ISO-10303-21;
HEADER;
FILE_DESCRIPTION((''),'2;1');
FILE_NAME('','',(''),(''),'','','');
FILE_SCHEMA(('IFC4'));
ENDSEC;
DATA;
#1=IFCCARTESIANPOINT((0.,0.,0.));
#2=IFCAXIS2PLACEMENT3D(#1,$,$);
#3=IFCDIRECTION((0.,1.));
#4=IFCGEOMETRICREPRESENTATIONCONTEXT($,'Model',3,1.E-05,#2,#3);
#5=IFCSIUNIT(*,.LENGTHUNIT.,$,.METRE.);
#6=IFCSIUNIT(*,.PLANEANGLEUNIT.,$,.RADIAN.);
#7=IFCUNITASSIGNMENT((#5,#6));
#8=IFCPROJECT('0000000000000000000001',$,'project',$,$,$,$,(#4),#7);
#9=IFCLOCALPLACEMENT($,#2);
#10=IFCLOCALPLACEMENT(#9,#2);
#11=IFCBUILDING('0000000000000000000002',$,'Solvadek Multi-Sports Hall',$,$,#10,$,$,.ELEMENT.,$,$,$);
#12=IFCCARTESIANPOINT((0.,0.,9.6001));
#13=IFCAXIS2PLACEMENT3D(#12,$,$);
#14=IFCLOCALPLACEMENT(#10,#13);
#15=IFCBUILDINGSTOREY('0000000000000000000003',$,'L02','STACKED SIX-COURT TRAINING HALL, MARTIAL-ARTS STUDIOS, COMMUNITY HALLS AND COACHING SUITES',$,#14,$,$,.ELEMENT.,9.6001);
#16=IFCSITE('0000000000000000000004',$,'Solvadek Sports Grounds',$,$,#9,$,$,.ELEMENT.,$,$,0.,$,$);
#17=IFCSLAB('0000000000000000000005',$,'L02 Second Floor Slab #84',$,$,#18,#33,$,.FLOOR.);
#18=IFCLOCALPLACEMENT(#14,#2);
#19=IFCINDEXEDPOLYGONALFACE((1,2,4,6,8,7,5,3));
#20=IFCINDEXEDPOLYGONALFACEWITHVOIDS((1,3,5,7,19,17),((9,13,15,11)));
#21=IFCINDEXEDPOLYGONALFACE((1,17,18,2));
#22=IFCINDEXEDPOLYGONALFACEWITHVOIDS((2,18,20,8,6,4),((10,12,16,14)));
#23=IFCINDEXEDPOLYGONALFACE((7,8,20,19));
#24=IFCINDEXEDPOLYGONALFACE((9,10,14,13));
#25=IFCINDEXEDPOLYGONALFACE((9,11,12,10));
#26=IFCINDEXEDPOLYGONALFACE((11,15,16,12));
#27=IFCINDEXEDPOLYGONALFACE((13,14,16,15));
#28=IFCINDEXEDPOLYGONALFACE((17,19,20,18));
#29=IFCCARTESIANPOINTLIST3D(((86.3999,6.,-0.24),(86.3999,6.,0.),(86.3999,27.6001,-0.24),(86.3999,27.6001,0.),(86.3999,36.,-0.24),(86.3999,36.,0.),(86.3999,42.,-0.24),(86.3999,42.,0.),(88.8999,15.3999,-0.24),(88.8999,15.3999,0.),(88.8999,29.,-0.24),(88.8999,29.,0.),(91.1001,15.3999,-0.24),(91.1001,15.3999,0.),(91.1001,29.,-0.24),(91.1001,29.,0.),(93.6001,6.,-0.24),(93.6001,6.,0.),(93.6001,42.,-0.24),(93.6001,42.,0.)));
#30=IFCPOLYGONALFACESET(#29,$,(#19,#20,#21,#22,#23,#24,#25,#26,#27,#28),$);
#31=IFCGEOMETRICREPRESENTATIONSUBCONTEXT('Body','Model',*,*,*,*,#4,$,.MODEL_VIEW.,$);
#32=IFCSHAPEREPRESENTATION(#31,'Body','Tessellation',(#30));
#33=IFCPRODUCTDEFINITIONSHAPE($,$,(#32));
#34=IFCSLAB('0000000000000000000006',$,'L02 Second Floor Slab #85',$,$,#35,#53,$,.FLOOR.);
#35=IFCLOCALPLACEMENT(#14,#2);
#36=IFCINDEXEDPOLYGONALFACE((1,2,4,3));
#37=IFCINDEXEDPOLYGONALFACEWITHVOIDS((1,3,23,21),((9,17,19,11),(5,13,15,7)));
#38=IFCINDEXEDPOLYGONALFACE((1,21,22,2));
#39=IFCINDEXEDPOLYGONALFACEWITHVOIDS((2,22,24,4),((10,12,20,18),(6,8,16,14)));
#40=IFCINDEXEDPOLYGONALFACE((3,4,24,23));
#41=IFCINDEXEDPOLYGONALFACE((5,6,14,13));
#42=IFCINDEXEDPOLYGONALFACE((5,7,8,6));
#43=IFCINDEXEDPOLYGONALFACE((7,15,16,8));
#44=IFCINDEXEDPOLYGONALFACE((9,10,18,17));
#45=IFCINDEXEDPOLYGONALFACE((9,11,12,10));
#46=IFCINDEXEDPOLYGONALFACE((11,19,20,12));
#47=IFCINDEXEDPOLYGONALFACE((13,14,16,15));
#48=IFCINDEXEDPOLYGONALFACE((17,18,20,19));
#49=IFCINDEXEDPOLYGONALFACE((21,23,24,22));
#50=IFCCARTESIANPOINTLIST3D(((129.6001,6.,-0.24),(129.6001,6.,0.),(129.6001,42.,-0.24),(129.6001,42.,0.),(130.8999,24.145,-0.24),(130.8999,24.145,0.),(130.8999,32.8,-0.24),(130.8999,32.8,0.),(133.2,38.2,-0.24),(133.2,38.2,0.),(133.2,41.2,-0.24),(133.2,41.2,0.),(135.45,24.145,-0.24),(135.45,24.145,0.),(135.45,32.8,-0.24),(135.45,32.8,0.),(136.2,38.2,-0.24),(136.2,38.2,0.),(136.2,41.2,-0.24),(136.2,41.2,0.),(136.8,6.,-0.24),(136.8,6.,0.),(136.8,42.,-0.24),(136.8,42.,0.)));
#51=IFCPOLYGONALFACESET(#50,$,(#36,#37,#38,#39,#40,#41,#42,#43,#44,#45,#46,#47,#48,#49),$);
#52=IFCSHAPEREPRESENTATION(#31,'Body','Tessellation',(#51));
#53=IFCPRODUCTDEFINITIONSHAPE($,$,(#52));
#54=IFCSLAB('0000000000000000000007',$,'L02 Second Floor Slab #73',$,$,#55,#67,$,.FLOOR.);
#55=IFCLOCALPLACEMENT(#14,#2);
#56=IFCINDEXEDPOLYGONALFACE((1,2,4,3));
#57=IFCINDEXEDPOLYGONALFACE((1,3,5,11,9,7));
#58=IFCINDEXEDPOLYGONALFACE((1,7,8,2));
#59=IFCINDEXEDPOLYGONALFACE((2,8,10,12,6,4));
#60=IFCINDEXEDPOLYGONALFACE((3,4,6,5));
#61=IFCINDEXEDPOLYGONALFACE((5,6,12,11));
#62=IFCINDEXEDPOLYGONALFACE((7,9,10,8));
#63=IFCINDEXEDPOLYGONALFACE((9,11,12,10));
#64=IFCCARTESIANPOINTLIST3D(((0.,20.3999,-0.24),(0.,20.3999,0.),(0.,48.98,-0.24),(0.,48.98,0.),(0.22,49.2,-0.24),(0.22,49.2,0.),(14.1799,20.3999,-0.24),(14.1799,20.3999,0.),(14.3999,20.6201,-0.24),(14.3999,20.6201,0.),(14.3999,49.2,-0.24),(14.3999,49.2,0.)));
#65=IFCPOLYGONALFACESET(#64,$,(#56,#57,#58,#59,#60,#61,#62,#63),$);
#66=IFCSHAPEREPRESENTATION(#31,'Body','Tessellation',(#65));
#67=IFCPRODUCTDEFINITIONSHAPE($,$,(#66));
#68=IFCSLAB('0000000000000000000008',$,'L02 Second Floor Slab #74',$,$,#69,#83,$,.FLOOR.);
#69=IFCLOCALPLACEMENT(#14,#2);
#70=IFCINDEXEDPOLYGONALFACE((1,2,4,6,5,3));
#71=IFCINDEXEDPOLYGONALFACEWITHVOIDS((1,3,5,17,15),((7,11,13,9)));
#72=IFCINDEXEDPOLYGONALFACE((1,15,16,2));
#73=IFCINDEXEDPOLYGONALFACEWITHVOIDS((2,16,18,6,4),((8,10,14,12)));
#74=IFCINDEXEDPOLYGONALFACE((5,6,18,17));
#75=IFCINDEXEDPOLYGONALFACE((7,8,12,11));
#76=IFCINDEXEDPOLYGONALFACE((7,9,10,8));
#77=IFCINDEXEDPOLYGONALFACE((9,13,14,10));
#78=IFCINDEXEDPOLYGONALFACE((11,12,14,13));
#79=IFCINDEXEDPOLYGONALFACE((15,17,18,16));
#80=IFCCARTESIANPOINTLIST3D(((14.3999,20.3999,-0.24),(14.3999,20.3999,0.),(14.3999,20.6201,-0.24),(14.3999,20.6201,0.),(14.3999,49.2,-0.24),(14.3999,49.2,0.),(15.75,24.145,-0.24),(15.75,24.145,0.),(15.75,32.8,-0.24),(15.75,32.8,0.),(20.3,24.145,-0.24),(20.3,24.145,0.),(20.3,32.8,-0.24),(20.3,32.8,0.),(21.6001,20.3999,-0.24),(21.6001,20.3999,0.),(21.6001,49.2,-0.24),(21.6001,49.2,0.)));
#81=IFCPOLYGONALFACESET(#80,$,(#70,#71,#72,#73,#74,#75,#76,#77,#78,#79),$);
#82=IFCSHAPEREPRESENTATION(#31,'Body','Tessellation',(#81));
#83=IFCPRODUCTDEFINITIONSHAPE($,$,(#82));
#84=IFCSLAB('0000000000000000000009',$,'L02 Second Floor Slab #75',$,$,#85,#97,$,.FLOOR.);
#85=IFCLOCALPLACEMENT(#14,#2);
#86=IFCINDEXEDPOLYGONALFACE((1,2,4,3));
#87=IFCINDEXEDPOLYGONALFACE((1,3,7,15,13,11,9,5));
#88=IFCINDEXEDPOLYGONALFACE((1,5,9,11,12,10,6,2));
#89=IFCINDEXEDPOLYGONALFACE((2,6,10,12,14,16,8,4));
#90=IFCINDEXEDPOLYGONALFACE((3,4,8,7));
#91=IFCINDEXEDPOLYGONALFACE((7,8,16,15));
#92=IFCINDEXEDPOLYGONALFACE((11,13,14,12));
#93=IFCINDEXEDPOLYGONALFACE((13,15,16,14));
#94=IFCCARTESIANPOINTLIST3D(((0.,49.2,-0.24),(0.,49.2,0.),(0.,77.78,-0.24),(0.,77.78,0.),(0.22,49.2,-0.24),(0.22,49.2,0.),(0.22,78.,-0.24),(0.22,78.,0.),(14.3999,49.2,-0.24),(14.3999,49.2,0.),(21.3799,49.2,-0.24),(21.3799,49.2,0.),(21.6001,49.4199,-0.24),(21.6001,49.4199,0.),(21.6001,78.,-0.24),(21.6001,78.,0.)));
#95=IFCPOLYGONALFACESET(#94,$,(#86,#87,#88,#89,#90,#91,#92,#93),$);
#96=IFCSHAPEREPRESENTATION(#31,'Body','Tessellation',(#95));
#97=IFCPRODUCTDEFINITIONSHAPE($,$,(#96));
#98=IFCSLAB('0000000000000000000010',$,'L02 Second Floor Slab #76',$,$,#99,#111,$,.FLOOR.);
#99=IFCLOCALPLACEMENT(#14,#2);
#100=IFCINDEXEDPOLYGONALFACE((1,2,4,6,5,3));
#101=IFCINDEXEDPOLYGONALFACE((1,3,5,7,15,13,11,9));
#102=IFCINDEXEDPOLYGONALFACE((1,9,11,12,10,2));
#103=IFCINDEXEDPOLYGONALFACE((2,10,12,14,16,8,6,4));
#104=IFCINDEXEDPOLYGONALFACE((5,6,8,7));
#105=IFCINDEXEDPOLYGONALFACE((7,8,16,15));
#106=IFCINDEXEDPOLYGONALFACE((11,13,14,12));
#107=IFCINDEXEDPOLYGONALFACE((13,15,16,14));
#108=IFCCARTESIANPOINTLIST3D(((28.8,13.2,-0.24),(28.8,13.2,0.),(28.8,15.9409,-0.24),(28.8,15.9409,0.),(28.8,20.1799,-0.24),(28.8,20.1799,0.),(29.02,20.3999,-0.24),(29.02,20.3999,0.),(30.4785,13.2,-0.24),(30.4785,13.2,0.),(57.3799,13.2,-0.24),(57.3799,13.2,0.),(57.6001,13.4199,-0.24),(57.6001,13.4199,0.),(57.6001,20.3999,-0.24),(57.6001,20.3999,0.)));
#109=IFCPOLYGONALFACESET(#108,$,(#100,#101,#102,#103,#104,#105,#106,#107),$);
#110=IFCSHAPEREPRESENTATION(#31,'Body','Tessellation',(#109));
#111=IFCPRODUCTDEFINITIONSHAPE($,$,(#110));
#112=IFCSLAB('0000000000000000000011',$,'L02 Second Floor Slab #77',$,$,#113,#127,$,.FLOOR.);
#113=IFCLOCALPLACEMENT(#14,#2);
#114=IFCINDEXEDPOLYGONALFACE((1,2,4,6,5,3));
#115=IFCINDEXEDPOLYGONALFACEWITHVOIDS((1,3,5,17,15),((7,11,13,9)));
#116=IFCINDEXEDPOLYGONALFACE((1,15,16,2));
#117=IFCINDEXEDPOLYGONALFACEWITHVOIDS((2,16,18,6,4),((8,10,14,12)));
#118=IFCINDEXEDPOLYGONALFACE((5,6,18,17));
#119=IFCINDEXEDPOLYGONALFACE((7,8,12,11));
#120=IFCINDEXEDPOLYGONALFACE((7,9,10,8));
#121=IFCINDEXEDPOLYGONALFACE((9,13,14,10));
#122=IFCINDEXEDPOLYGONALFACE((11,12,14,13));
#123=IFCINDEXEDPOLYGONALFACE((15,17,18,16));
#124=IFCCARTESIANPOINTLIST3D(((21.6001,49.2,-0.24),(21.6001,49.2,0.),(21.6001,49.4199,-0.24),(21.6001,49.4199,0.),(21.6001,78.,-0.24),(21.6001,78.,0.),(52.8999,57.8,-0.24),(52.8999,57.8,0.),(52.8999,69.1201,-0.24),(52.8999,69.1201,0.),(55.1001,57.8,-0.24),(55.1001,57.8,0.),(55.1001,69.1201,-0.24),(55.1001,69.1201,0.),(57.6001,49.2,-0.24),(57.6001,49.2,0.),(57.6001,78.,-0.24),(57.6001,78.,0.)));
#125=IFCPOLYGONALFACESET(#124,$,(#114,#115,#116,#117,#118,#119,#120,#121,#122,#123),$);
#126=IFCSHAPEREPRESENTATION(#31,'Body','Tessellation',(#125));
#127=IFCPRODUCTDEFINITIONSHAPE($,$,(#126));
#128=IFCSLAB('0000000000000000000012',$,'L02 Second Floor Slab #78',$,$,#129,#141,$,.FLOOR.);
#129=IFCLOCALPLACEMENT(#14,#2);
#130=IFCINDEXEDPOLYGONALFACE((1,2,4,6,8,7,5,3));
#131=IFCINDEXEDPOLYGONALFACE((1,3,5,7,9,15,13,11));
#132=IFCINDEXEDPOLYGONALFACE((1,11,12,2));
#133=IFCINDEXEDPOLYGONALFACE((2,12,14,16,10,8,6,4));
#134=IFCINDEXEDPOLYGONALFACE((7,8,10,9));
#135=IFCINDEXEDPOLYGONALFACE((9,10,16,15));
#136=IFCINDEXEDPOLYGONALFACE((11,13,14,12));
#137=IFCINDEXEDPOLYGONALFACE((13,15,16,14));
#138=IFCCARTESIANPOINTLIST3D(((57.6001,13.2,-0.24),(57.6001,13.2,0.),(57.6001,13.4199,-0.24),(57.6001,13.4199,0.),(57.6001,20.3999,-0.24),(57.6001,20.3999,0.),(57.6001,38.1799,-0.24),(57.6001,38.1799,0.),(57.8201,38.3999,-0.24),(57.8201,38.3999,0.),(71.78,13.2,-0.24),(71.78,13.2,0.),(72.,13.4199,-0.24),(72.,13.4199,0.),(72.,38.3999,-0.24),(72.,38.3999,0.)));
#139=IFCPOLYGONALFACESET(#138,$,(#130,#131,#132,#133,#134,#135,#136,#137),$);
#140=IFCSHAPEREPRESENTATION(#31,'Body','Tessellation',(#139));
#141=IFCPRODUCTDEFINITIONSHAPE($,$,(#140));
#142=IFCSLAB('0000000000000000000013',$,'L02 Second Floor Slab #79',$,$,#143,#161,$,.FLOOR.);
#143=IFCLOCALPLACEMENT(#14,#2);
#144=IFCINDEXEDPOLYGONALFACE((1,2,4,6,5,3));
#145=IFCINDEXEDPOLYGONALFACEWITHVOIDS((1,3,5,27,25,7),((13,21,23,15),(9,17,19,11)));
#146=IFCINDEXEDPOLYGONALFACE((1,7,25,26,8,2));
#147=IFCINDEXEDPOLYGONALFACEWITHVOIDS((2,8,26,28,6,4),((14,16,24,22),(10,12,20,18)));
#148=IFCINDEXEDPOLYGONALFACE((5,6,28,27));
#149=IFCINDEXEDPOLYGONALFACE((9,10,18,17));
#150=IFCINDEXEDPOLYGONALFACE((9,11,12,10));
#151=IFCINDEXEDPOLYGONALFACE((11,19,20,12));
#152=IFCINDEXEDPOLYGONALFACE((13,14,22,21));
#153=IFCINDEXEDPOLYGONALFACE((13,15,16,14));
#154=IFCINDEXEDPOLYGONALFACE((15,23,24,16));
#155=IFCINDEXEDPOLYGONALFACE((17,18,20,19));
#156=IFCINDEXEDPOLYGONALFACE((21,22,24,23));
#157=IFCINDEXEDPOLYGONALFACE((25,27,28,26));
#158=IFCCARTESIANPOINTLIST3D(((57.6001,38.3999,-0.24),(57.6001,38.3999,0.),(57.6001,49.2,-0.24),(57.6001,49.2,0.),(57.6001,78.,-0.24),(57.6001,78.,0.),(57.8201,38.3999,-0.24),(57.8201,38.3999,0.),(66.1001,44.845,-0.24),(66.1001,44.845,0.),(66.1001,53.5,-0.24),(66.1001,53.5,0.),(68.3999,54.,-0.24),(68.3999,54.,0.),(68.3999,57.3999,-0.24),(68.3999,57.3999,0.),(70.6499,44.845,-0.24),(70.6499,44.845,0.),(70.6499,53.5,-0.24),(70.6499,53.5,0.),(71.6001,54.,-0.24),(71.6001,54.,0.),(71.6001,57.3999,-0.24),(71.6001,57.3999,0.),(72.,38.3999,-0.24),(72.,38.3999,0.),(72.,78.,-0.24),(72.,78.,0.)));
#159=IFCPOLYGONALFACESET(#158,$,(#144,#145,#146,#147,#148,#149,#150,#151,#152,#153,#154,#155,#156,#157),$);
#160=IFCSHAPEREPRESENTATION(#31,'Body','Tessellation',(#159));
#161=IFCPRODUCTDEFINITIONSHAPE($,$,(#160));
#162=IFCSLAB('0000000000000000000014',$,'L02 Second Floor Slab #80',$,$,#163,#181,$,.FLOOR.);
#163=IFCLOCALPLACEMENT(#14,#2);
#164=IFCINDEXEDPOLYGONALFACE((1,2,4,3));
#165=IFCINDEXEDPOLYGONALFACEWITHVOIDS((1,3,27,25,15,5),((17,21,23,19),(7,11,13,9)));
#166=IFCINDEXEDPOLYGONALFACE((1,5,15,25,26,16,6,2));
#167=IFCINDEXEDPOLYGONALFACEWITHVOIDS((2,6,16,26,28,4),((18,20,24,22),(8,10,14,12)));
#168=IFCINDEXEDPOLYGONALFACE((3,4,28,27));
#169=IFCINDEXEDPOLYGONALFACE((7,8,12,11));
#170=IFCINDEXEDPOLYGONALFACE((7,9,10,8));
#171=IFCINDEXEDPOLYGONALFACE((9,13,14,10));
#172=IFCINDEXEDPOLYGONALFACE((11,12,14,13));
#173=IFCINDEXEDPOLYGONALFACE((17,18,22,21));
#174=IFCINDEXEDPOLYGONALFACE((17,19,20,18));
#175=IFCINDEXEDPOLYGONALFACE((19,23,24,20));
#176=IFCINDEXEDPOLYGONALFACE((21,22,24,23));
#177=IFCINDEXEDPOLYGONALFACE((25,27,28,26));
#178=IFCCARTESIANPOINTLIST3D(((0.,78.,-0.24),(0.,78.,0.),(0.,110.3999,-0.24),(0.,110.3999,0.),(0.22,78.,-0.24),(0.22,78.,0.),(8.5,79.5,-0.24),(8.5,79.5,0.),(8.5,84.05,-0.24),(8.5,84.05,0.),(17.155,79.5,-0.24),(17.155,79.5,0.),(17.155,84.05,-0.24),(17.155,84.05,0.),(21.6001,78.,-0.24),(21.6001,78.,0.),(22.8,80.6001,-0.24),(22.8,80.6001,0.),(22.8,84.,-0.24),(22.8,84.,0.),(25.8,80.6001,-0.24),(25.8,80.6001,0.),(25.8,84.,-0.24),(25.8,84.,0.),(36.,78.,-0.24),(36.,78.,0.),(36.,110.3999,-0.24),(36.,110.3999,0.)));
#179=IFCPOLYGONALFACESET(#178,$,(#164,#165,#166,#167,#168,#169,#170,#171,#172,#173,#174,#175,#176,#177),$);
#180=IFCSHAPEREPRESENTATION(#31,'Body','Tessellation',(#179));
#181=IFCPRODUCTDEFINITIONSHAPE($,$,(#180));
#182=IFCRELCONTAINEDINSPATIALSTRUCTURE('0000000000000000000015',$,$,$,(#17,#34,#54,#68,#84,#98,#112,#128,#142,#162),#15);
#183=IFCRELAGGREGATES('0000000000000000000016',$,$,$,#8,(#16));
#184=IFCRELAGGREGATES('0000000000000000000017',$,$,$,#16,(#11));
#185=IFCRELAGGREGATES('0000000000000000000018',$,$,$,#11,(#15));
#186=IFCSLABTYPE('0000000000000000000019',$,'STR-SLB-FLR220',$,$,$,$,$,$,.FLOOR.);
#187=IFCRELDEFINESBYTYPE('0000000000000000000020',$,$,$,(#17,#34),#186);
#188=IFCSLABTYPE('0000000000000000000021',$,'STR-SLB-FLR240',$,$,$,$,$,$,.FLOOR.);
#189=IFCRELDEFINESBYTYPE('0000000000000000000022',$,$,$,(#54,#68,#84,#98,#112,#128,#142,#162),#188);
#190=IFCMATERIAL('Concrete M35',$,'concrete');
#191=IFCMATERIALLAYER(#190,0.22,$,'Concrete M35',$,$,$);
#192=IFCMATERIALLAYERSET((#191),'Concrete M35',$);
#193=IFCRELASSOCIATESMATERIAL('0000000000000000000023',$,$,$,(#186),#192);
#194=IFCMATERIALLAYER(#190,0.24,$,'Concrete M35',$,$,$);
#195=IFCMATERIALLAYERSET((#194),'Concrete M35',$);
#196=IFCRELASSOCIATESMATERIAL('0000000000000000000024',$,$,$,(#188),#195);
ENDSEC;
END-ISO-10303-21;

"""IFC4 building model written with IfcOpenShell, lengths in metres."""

from ifc_helpers import new_model, si_unit, direction, frame, origin, place, context, subcontext, project, spatial, polyline, outline, extrude, material, layer, layer_set, type_object, element, save


model = new_model("IFC4")

# Units and contexts
model_context = context("Model", 3, precision=1e-05, world=origin(), true_north=direction((0.0, 1.0)))
body_context = subcontext(model_context, "Body", "Model", "MODEL_VIEW")
ifc_project = project(units=[si_unit("LENGTHUNIT", "METRE"), si_unit("PLANEANGLEUNIT", "RADIAN")], contexts=[model_context])

# Site, building, storey
site_placement = place(None, origin())
site = spatial("IfcSite", under=ifc_project, at=site_placement, Name="Solvadek Sports Grounds", CompositionType="ELEMENT", RefElevation=0.0)
building_placement = place(site_placement, origin())
building = spatial("IfcBuilding", under=site, at=building_placement, Name="Solvadek Multi-Sports Hall", CompositionType="ELEMENT")
storey_placement = place(building_placement, frame((0.0, 0.0, 9.6001)))
storey = spatial("IfcBuildingStorey", under=building, at=storey_placement, Name="L02", Description="STACKED SIX-COURT TRAINING HALL, MARTIAL-ARTS STUDIOS, COMMUNITY HALLS AND COACHING SUITES", CompositionType="ELEMENT", Elevation=9.6001)

# Slabs
ifc_material_1 = material(Name="Concrete M35", Category="concrete")
ifc_layer_1 = layer(ifc_material_1, 0.22, Name="Concrete M35")
ifc_layer_set_1 = layer_set([ifc_layer_1], Name="Concrete M35")
slab_type_1 = type_object("IfcSlabType", Name="STR-SLB-FLR220", PredefinedType="FLOOR", material=ifc_layer_set_1)
slab_1_placement = place(storey_placement, frame((0.0, 0.0, -0.24)))
element("IfcSlab", 1, at=slab_1_placement, inside=storey, type_object=slab_type_1, Name="L02 Second Floor Slab #84", PredefinedType="FLOOR", context=body_context, shape_type="SweptSolid", body=[
    extrude(outline(polyline([(86.3999, 27.6001), (86.3999, 36.0), (86.3999, 42.0), (93.6001, 42.0), (93.6001, 6.0), (86.3999, 6.0), (86.3999, 27.6001)]), holes=[polyline([(91.1001, 15.3999), (91.1001, 29.0), (88.8999, 29.0), (88.8999, 15.3999), (91.1001, 15.3999)])]), origin(), (0.0, 0.0, 1.0), 0.24),
])
slab_2_placement = place(storey_placement, frame((0.0, 0.0, -0.24)))
element("IfcSlab", 2, at=slab_2_placement, inside=storey, type_object=slab_type_1, Name="L02 Second Floor Slab #85", PredefinedType="FLOOR", context=body_context, shape_type="SweptSolid", body=[
    extrude(outline(polyline([(129.6001, 42.0), (136.8, 42.0), (136.8, 6.0), (129.6001, 6.0), (129.6001, 42.0)]), holes=[polyline([(136.2, 38.2), (136.2, 41.2), (133.2, 41.2), (133.2, 38.2), (136.2, 38.2)]), polyline([(135.45, 32.8), (130.8999, 32.8), (130.8999, 24.145), (135.45, 24.145), (135.45, 32.8)])]), origin(), (0.0, 0.0, 1.0), 0.24),
])
ifc_layer_2 = layer(ifc_material_1, 0.24, Name="Concrete M35")
ifc_layer_set_2 = layer_set([ifc_layer_2], Name="Concrete M35")
slab_type_2 = type_object("IfcSlabType", Name="STR-SLB-FLR240", PredefinedType="FLOOR", material=ifc_layer_set_2)
slab_3_placement = place(storey_placement, frame((0.0, 0.0, -0.24)))
element("IfcSlab", 3, at=slab_3_placement, inside=storey, type_object=slab_type_2, Name="L02 Second Floor Slab #73", PredefinedType="FLOOR", context=body_context, shape_type="SweptSolid", body=[
    extrude(outline(polyline([(0.0, 48.98), (0.22, 49.2), (14.3999, 49.2), (14.3999, 20.6201), (14.1799, 20.3999), (0.0, 20.3999), (0.0, 48.98)])), origin(), (0.0, 0.0, 1.0), 0.24),
])
slab_4_placement = place(storey_placement, frame((0.0, 0.0, -0.24)))
element("IfcSlab", 4, at=slab_4_placement, inside=storey, type_object=slab_type_2, Name="L02 Second Floor Slab #74", PredefinedType="FLOOR", context=body_context, shape_type="SweptSolid", body=[
    extrude(outline(polyline([(14.3999, 20.6201), (14.3999, 49.2), (21.6001, 49.2), (21.6001, 20.3999), (14.3999, 20.3999), (14.3999, 20.6201)]), holes=[polyline([(20.3, 32.8), (15.75, 32.8), (15.75, 24.145), (20.3, 24.145), (20.3, 32.8)])]), origin(), (0.0, 0.0, 1.0), 0.24),
])
slab_5_placement = place(storey_placement, frame((0.0, 0.0, -0.24)))
element("IfcSlab", 5, at=slab_5_placement, inside=storey, type_object=slab_type_2, Name="L02 Second Floor Slab #75", PredefinedType="FLOOR", context=body_context, shape_type="SweptSolid", body=[
    extrude(outline(polyline([(0.0, 77.78), (0.22, 78.0), (21.6001, 78.0), (21.6001, 49.4199), (21.3799, 49.2), (14.3999, 49.2), (0.22, 49.2), (0.0, 49.2), (0.0, 77.78)])), origin(), (0.0, 0.0, 1.0), 0.24),
])
slab_6_placement = place(storey_placement, frame((0.0, 0.0, -0.24)))
element("IfcSlab", 6, at=slab_6_placement, inside=storey, type_object=slab_type_2, Name="L02 Second Floor Slab #76", PredefinedType="FLOOR", context=body_context, shape_type="SweptSolid", body=[
    extrude(outline(polyline([(28.8, 15.9409), (28.8, 20.1799), (29.02, 20.3999), (57.6001, 20.3999), (57.6001, 13.4199), (57.3799, 13.2), (30.4785, 13.2), (28.8, 13.2), (28.8, 15.9409)])), origin(), (0.0, 0.0, 1.0), 0.24),
])
slab_7_placement = place(storey_placement, frame((0.0, 0.0, -0.24)))
element("IfcSlab", 7, at=slab_7_placement, inside=storey, type_object=slab_type_2, Name="L02 Second Floor Slab #77", PredefinedType="FLOOR", context=body_context, shape_type="SweptSolid", body=[
    extrude(outline(polyline([(21.6001, 49.4199), (21.6001, 78.0), (57.6001, 78.0), (57.6001, 49.2), (21.6001, 49.2), (21.6001, 49.4199)]), holes=[polyline([(55.1001, 57.8), (55.1001, 69.1201), (52.8999, 69.1201), (52.8999, 57.8), (55.1001, 57.8)])]), origin(), (0.0, 0.0, 1.0), 0.24),
])
slab_8_placement = place(storey_placement, frame((0.0, 0.0, -0.24)))
element("IfcSlab", 8, at=slab_8_placement, inside=storey, type_object=slab_type_2, Name="L02 Second Floor Slab #78", PredefinedType="FLOOR", context=body_context, shape_type="SweptSolid", body=[
    extrude(outline(polyline([(57.6001, 13.4199), (57.6001, 20.3999), (57.6001, 38.1799), (57.8201, 38.3999), (72.0, 38.3999), (72.0, 13.4199), (71.78, 13.2), (57.6001, 13.2), (57.6001, 13.4199)])), origin(), (0.0, 0.0, 1.0), 0.24),
])
slab_9_placement = place(storey_placement, frame((0.0, 0.0, -0.24)))
element("IfcSlab", 9, at=slab_9_placement, inside=storey, type_object=slab_type_2, Name="L02 Second Floor Slab #79", PredefinedType="FLOOR", context=body_context, shape_type="SweptSolid", body=[
    extrude(outline(polyline([(57.6001, 49.2), (57.6001, 78.0), (72.0, 78.0), (72.0, 38.3999), (57.8201, 38.3999), (57.6001, 38.3999), (57.6001, 49.2)]), holes=[polyline([(71.6001, 54.0), (71.6001, 57.3999), (68.3999, 57.3999), (68.3999, 54.0), (71.6001, 54.0)]), polyline([(70.6499, 53.5), (66.1001, 53.5), (66.1001, 44.845), (70.6499, 44.845), (70.6499, 53.5)])]), origin(), (0.0, 0.0, 1.0), 0.24),
])
slab_10_placement = place(storey_placement, frame((0.0, 0.0, -0.24)))
element("IfcSlab", 10, at=slab_10_placement, inside=storey, type_object=slab_type_2, Name="L02 Second Floor Slab #80", PredefinedType="FLOOR", context=body_context, shape_type="SweptSolid", body=[
    extrude(outline(polyline([(0.0, 110.3999), (36.0, 110.3999), (36.0, 78.0), (21.6001, 78.0), (0.22, 78.0), (0.0, 78.0), (0.0, 110.3999)]), holes=[polyline([(25.8, 80.6001), (25.8, 84.0), (22.8, 84.0), (22.8, 80.6001), (25.8, 80.6001)]), polyline([(8.5, 84.05), (8.5, 79.5), (17.155, 79.5), (17.155, 84.05), (8.5, 84.05)])]), origin(), (0.0, 0.0, 1.0), 0.24),
])

save(model, "model.ifc")
